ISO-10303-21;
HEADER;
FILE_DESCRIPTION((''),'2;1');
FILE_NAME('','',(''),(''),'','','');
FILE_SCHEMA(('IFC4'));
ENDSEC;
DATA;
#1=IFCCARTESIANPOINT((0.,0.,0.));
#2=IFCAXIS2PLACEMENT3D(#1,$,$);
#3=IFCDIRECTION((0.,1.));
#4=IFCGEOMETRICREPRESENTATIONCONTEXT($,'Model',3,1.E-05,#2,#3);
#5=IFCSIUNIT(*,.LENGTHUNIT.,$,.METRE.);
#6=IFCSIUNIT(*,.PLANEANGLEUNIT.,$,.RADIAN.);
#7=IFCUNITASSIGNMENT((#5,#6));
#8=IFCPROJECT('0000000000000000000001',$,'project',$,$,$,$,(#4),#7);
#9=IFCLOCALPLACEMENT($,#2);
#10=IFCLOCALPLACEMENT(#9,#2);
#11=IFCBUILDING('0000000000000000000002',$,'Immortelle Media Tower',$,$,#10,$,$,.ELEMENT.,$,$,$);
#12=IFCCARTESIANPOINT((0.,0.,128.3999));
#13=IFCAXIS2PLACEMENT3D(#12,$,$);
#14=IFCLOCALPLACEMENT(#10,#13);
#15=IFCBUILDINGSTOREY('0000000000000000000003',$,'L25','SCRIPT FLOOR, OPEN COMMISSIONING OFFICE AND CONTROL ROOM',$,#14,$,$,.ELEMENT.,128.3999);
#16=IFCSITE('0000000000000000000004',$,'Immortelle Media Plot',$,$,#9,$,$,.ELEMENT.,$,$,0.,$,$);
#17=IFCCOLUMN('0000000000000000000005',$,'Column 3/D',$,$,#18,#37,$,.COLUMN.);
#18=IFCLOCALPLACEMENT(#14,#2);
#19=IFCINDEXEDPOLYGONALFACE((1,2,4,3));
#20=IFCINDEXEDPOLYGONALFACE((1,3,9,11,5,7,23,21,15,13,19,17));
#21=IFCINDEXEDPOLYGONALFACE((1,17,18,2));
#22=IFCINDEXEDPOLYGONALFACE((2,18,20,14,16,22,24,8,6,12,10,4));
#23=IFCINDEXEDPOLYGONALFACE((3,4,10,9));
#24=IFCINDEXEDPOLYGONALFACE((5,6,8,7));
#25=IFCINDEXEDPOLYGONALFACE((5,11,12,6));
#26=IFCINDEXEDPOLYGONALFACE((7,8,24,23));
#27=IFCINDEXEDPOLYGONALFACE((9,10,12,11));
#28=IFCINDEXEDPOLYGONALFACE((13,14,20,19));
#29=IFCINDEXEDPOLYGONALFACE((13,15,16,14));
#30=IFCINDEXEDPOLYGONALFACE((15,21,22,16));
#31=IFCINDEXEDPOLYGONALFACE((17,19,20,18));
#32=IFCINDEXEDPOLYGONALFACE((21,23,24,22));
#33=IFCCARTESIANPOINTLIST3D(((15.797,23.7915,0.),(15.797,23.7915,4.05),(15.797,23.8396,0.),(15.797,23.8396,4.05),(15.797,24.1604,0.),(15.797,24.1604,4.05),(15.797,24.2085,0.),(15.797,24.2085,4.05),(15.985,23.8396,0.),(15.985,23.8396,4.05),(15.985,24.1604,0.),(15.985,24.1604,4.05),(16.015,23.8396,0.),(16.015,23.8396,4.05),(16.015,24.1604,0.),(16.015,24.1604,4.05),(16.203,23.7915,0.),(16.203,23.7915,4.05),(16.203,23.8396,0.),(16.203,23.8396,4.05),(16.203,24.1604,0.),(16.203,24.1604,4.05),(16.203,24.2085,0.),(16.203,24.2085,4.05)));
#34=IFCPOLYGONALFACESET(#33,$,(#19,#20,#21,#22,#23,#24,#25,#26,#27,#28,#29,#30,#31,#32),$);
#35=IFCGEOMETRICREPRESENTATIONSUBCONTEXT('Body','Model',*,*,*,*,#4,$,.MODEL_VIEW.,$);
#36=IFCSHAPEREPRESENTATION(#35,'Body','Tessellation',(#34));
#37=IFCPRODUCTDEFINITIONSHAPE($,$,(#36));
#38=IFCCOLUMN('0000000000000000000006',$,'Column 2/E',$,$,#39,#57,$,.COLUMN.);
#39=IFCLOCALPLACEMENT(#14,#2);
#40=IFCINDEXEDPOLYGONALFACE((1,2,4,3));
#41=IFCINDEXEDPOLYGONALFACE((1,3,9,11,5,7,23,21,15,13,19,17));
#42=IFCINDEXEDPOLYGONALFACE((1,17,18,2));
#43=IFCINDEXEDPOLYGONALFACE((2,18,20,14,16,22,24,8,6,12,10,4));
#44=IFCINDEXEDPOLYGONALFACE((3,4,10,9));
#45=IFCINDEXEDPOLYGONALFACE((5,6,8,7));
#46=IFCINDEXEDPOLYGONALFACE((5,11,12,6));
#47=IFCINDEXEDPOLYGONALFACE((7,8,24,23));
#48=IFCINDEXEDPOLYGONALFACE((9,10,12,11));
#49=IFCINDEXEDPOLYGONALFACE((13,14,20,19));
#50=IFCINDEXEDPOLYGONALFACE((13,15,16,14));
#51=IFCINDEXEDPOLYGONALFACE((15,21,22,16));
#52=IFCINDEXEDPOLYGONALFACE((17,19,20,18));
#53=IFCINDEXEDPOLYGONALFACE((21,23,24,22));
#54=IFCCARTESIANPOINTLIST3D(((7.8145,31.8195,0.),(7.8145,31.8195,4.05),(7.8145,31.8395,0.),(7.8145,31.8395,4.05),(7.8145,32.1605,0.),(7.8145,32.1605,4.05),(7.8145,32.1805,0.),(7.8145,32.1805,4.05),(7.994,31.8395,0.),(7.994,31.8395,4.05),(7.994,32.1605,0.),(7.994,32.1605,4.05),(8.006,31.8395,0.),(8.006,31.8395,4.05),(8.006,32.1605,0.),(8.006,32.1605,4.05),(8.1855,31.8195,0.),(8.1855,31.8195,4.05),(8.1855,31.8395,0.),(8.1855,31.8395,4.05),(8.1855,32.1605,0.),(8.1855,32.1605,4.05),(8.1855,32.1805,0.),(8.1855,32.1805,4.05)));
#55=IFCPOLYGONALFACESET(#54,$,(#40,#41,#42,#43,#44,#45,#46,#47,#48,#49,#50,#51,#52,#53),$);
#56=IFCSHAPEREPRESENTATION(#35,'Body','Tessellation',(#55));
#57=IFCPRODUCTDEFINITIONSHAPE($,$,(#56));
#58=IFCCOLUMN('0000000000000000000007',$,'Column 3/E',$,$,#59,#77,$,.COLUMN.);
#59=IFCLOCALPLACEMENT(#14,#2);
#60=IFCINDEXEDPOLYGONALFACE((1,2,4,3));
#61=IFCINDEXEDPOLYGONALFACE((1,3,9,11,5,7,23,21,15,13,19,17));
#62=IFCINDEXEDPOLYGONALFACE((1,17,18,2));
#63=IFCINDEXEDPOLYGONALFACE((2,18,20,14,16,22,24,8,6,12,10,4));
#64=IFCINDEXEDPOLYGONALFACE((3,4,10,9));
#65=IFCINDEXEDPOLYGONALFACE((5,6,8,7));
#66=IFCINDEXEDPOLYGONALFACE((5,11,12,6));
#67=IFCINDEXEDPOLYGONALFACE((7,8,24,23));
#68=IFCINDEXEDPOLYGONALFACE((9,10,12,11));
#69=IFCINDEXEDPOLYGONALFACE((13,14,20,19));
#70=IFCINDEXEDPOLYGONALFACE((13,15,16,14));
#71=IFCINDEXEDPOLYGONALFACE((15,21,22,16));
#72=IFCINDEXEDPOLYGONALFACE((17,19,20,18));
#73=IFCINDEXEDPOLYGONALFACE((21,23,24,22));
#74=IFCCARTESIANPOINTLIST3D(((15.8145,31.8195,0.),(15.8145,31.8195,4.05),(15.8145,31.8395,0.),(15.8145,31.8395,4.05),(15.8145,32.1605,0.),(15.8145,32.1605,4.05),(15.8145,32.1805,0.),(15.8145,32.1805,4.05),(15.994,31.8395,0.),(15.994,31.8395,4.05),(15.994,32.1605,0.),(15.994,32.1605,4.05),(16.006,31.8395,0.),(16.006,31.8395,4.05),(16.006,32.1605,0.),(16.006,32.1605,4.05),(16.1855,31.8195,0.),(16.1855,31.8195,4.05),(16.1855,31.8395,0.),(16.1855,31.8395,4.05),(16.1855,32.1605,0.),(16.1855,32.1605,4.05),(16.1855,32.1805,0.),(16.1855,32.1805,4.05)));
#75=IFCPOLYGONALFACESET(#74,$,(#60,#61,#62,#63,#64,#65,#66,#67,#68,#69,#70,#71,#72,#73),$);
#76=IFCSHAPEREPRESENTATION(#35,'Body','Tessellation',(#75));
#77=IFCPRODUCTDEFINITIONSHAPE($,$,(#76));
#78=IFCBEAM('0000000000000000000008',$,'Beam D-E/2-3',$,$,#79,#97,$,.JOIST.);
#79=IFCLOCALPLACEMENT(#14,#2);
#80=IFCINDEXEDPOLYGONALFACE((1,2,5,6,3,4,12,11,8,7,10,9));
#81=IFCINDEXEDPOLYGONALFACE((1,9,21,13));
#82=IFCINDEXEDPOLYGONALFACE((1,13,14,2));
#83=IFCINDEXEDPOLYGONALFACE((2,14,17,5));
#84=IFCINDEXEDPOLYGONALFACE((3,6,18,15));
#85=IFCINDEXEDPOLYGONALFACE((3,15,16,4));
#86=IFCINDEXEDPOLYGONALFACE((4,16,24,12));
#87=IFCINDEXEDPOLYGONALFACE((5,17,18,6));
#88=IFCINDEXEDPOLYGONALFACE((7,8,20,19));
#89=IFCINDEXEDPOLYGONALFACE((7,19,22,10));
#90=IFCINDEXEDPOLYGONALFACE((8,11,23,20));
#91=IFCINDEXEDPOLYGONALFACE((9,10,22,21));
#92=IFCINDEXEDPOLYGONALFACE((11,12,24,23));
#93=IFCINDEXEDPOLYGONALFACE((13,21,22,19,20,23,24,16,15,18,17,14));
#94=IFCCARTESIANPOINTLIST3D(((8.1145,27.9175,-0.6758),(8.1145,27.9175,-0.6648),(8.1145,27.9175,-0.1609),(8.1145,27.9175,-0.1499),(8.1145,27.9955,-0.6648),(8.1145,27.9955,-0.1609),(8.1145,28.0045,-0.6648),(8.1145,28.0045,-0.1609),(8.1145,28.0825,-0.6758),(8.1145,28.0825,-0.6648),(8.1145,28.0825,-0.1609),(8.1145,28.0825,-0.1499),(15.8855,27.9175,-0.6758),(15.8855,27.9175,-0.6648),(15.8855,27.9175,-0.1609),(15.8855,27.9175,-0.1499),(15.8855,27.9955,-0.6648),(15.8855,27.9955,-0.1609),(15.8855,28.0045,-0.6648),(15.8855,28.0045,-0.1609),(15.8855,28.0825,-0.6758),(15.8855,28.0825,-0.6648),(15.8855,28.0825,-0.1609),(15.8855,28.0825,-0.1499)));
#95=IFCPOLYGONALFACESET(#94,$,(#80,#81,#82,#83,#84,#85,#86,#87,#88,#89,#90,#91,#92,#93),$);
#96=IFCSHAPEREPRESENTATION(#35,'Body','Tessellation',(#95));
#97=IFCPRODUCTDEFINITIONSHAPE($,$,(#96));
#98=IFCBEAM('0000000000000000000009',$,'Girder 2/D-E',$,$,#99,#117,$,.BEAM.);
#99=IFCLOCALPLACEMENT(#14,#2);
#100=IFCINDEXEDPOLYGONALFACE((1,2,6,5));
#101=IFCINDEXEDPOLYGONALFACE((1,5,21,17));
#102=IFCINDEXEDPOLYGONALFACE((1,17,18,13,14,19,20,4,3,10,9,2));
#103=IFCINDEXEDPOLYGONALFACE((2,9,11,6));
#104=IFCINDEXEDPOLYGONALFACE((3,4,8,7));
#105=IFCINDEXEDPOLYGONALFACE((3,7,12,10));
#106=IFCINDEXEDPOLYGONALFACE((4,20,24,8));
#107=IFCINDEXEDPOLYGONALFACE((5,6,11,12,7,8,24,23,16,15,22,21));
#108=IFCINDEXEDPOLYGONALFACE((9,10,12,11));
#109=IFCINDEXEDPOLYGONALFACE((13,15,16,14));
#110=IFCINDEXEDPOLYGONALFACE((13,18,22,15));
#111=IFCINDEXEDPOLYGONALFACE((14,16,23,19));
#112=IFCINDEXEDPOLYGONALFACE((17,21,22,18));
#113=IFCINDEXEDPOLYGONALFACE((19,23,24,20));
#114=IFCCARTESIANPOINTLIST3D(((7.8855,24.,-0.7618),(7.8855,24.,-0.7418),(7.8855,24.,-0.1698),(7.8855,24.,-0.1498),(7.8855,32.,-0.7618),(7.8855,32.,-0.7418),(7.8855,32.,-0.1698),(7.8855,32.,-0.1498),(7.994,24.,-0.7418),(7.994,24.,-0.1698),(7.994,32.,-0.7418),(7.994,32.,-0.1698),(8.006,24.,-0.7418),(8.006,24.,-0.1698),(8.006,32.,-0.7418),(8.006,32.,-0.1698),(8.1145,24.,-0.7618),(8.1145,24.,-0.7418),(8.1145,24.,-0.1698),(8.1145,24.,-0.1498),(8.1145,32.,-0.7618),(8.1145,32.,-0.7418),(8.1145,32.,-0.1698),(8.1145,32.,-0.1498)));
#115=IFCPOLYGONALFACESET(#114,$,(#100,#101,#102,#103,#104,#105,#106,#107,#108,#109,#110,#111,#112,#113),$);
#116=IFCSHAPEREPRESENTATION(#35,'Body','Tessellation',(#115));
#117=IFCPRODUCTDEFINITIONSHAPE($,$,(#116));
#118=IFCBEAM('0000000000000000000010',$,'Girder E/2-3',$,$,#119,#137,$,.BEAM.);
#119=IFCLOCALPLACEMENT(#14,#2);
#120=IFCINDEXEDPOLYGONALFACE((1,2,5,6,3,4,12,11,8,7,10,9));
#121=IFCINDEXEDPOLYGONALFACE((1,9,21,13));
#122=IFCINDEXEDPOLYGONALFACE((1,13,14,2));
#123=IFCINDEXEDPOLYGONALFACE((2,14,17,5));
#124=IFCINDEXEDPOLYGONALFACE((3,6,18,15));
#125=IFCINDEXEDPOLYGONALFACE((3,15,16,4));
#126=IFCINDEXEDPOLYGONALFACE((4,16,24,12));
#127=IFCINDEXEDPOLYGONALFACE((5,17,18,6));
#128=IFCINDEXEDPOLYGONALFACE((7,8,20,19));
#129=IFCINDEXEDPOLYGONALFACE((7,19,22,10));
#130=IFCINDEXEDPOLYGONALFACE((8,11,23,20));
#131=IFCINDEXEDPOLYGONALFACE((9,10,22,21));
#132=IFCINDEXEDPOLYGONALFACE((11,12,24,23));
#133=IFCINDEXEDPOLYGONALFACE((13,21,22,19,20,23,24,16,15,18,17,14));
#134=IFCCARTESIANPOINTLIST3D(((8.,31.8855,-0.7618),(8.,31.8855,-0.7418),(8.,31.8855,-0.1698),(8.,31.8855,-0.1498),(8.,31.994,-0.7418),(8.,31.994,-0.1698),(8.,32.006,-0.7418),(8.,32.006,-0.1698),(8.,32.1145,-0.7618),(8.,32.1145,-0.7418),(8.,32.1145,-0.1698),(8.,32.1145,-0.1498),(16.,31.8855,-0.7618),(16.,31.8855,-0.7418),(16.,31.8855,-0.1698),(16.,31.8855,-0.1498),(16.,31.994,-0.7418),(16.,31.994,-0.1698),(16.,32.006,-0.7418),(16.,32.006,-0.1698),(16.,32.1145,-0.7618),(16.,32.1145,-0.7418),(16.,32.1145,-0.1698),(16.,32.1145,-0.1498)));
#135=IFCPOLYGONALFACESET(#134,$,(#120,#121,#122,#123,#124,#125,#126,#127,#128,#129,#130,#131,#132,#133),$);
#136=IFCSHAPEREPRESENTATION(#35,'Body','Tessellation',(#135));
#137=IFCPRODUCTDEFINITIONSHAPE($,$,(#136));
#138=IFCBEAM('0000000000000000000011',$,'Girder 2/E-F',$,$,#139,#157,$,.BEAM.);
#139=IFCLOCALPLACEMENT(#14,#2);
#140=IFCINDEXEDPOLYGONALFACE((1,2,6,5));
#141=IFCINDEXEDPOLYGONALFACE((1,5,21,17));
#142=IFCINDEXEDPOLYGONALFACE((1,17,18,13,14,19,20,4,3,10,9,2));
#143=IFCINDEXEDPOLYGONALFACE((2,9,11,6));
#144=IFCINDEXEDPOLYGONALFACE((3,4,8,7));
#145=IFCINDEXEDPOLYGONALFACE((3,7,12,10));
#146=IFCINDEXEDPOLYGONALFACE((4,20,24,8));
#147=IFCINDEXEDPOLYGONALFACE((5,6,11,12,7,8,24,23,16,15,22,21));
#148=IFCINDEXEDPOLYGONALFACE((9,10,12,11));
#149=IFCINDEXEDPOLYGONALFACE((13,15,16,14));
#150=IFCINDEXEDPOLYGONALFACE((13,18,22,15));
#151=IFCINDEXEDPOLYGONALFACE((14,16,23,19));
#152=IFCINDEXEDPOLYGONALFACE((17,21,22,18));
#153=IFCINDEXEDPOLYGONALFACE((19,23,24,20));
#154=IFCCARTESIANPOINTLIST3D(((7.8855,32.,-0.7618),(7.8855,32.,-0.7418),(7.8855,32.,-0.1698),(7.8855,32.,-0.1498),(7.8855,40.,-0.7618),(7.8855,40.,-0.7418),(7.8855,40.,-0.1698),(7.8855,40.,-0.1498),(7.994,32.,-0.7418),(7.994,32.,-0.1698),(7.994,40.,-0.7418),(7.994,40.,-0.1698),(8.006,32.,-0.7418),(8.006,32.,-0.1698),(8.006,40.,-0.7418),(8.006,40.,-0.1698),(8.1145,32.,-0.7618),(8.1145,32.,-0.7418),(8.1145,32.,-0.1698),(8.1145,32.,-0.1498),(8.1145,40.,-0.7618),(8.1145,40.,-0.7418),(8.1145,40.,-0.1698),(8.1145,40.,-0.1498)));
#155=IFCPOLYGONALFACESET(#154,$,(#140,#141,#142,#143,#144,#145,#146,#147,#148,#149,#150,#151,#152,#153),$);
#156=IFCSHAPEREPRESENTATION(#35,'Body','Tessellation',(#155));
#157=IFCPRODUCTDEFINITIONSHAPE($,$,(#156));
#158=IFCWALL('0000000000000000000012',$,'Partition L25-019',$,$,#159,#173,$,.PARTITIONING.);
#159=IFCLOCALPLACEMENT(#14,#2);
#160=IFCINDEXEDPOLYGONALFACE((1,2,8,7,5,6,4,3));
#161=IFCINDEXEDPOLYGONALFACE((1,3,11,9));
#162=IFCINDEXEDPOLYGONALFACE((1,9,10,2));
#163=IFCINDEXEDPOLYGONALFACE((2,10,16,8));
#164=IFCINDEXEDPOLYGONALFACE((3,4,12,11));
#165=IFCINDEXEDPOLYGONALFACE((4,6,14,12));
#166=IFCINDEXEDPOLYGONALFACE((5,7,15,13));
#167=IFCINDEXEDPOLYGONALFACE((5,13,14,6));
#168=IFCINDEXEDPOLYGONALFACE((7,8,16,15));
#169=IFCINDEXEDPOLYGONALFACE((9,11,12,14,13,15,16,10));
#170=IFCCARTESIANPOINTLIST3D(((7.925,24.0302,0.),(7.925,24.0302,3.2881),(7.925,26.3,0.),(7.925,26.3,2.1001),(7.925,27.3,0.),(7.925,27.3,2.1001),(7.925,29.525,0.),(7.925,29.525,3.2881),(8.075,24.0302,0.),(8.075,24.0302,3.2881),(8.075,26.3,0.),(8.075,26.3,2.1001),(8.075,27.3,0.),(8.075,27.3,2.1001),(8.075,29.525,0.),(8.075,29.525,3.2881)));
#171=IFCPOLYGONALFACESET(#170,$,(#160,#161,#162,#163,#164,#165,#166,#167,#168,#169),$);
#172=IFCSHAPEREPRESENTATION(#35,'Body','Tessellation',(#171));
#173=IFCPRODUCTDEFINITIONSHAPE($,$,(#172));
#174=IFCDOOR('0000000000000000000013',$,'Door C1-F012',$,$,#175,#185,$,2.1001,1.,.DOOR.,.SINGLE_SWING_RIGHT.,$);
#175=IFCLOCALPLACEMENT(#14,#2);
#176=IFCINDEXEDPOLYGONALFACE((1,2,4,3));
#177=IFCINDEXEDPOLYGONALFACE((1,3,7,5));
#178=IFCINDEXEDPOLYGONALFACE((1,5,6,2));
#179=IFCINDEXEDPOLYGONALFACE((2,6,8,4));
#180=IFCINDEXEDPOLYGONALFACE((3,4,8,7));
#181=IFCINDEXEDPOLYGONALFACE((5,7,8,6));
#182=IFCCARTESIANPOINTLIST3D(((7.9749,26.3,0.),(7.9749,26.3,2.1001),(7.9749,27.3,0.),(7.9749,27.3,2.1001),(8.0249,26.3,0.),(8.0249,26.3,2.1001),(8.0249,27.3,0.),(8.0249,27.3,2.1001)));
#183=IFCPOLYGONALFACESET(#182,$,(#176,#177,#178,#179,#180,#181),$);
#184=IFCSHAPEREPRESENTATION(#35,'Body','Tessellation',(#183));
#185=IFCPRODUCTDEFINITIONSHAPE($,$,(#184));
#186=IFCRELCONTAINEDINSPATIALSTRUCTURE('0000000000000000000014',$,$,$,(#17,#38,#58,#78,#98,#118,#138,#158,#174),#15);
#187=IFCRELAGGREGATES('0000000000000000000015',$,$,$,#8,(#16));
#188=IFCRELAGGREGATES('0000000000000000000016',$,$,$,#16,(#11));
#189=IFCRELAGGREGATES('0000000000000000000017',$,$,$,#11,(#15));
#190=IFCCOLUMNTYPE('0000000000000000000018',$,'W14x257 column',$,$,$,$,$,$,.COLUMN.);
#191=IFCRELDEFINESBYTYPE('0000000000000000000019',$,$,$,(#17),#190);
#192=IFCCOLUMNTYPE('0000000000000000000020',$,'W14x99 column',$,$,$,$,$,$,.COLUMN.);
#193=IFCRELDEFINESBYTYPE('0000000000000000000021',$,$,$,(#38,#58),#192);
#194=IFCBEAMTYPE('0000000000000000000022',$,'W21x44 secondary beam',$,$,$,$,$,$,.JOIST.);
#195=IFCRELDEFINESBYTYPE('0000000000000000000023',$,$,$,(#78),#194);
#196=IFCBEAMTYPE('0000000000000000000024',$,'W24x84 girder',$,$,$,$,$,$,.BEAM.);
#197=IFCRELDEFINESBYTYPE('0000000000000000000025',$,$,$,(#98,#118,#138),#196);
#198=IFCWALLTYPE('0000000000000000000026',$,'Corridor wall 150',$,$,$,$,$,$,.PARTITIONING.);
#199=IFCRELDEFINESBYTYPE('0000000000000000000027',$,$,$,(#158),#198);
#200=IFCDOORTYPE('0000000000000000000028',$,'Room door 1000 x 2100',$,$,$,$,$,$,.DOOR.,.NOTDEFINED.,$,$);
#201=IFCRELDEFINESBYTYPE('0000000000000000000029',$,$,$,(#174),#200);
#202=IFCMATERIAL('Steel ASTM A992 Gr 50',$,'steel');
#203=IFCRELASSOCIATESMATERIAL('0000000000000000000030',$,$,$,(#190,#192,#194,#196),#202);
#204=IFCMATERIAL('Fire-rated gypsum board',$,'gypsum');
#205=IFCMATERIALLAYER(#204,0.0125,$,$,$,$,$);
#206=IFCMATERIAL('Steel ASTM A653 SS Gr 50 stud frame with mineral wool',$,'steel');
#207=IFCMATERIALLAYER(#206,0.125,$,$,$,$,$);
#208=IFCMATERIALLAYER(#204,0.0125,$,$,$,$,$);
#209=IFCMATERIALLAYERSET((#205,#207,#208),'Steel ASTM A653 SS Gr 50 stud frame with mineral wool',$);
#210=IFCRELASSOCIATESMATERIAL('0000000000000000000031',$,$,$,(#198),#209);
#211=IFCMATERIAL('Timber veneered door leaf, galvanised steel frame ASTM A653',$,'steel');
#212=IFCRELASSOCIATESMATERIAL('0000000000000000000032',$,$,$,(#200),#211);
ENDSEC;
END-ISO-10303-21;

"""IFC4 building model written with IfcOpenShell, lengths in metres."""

from ifc_helpers import new_model, si_unit, direction, frame, frame_2d, origin, origin_2d, place, context, subcontext, project, spatial, rectangle, i_section, extrude, material, layer, layer_set, material_profile, profile_set, type_object, element, fill, save


model = new_model("IFC4")

# Units and contexts
model_context = context("Model", 3, precision=1e-05, world=origin(), true_north=direction((0.0, 1.0)))
body_context = subcontext(model_context, "Body", "Model", "MODEL_VIEW")
ifc_project = project(units=[si_unit("LENGTHUNIT", "METRE"), si_unit("PLANEANGLEUNIT", "RADIAN")], contexts=[model_context])

# Site, building, storey
site_placement = place(None, origin())
site = spatial("IfcSite", under=ifc_project, at=site_placement, Name="Immortelle Media Plot", CompositionType="ELEMENT", RefElevation=0.0)
building_placement = place(site_placement, origin())
building = spatial("IfcBuilding", under=site, at=building_placement, Name="Immortelle Media Tower", CompositionType="ELEMENT")
storey_placement = place(building_placement, frame((0.0, 0.0, 128.3999)))
storey = spatial("IfcBuildingStorey", under=building, at=storey_placement, Name="L25", Description="SCRIPT FLOOR, OPEN COMMISSIONING OFFICE AND CONTROL ROOM", CompositionType="ELEMENT", Elevation=128.3999)

# Columns
ifc_material_1 = material(Name="Steel ASTM A992 Gr 50", Category="steel")
ifc_material_profile_1 = material_profile(ifc_material_1, i_section(OverallWidth=0.406, OverallDepth=0.417, WebThickness=0.03, FlangeThickness=0.0481, at=origin_2d()), Name="W14x257")
ifc_profile_set_1 = profile_set([ifc_material_profile_1], Name="Steel ASTM A992 Gr 50")
column_type_1 = type_object("IfcColumnType", Name="W14x257 column", PredefinedType="COLUMN", material=ifc_profile_set_1)
column_placement = place(storey_placement, frame((16.0, 24.0, 0.0), z_axis=(0.0, 0.0, 1.0), x_axis=(1.0, 0.0, 0.0)))
element("IfcColumn", 1, at=column_placement, inside=storey, type_object=column_type_1, Name="Column 3/D", PredefinedType="COLUMN", context=body_context, shape_type="SweptSolid", body=[
    extrude(i_section(OverallWidth=0.406, OverallDepth=0.417, WebThickness=0.03, FlangeThickness=0.0481, at=origin_2d()), origin(), (0.0, 0.0, 1.0), 4.05),
])
ifc_material_profile_2 = material_profile(ifc_material_1, i_section(OverallWidth=0.3711, OverallDepth=0.3611, WebThickness=0.012, FlangeThickness=0.02, at=origin_2d()), Name="W14x99")
ifc_profile_set_2 = profile_set([ifc_material_profile_2], Name="Steel ASTM A992 Gr 50")
column_type_2 = type_object("IfcColumnType", Name="W14x99 column", PredefinedType="COLUMN", material=ifc_profile_set_2)
for number, where, z_axis, x_axis, name in (
    (2, (8.0, 32.0, 0.0), (0.0, 0.0, 1.0), (1.0, 0.0, 0.0), "Column 2/E"),
    (3, (16.0, 32.0, 0.0), (0.0, 0.0, 1.0), (1.0, 0.0, 0.0), "Column 3/E"),
):
    element("IfcColumn", number, at=place(storey_placement, frame(where, z_axis=z_axis, x_axis=x_axis)), inside=storey, type_object=column_type_2, Name=name, PredefinedType="COLUMN", context=body_context, shape_type="SweptSolid", body=[
        extrude(i_section(OverallWidth=0.3711, OverallDepth=0.3611, WebThickness=0.012, FlangeThickness=0.02, at=origin_2d()), origin(), (0.0, 0.0, 1.0), 4.05),
    ])

# Beams
ifc_material_profile_3 = material_profile(ifc_material_1, i_section(OverallWidth=0.165, OverallDepth=0.5259, WebThickness=0.009, FlangeThickness=0.011, at=origin_2d()), Name="W21x44")
ifc_profile_set_3 = profile_set([ifc_material_profile_3], Name="Steel ASTM A992 Gr 50")
beam_type_1 = type_object("IfcBeamType", Name="W21x44 secondary beam", PredefinedType="JOIST", material=ifc_profile_set_3)
beam_placement = place(storey_placement, frame((8.1145, 28.0, -0.4128), z_axis=(1.0, 0.0, 0.0), x_axis=(0.0, 1.0, 0.0)))
element("IfcBeam", 4, at=beam_placement, inside=storey, type_object=beam_type_1, Name="Beam D-E/2-3", PredefinedType="JOIST", context=body_context, shape_type="SweptSolid", body=[
    extrude(i_section(OverallWidth=0.165, OverallDepth=0.5259, WebThickness=0.009, FlangeThickness=0.011, at=origin_2d()), origin(), (0.0, 0.0, 1.0), 7.771),
])
ifc_material_profile_4 = material_profile(ifc_material_1, i_section(OverallWidth=0.229, OverallDepth=0.6121, WebThickness=0.012, FlangeThickness=0.02, at=origin_2d()), Name="W24x84")
ifc_profile_set_4 = profile_set([ifc_material_profile_4], Name="Steel ASTM A992 Gr 50")
beam_type_2 = type_object("IfcBeamType", Name="W24x84 girder", PredefinedType="BEAM", material=ifc_profile_set_4)
for number, where, z_axis, x_axis, name in (
    (5, (8.0, 24.0, -0.4558), (0.0, 1.0, 0.0), (-1.0, 0.0, 0.0), "Girder 2/D-E"),
    (6, (8.0, 32.0, -0.4558), (1.0, 0.0, 0.0), (0.0, 1.0, 0.0), "Girder E/2-3"),
    (7, (8.0, 32.0, -0.4558), (0.0, 1.0, 0.0), (-1.0, 0.0, 0.0), "Girder 2/E-F"),
):
    element("IfcBeam", number, at=place(storey_placement, frame(where, z_axis=z_axis, x_axis=x_axis)), inside=storey, type_object=beam_type_2, Name=name, PredefinedType="BEAM", context=body_context, shape_type="SweptSolid", body=[
        extrude(i_section(OverallWidth=0.229, OverallDepth=0.6121, WebThickness=0.012, FlangeThickness=0.02, at=origin_2d()), origin(), (0.0, 0.0, 1.0), 8.0),
    ])

# Wall, opening, door
ifc_material_2 = material(Name="Fire-rated gypsum board", Category="gypsum")
ifc_layer_1 = layer(ifc_material_2, 0.0125)
ifc_material_3 = material(Name="Steel ASTM A653 SS Gr 50 stud frame with mineral wool", Category="steel")
ifc_layer_2 = layer(ifc_material_3, 0.125)
ifc_layer_3 = layer(ifc_material_2, 0.0125)
ifc_layer_set_1 = layer_set([ifc_layer_1, ifc_layer_2, ifc_layer_3], Name="Steel ASTM A653 SS Gr 50 stud frame with mineral wool")
wall_type_1 = type_object("IfcWallType", Name="Corridor wall 150", PredefinedType="PARTITIONING", material=ifc_layer_set_1)
wall_1_placement = place(storey_placement, frame((8.0, 24.03, 0.0), z_axis=(0.0, 0.0, 1.0), x_axis=(0.0, 1.0, 0.0)))
wall_1 = element("IfcWall", 8, at=wall_1_placement, inside=storey, type_object=wall_type_1, Name="Partition L25-019", PredefinedType="PARTITIONING", context=body_context, shape_type="SweptSolid", body=[
    extrude(rectangle(XDim=5.4949, YDim=0.1499, at=frame_2d((2.7476, 0.0))), origin(), (0.0, 0.0, 1.0), 3.2881),
])
opening_1_placement = place(wall_1_placement, frame((3.27, 0.0, 0.0), z_axis=(0.0, 0.0, 1.0), x_axis=(-1.0, 0.0, 0.0)))
opening_1 = element("IfcOpeningElement", 9, at=opening_1_placement, cuts=wall_1, PredefinedType="OPENING", context=body_context, shape_type="SweptSolid", body=[
    extrude(rectangle(XDim=1.0, YDim=2.1001, at=frame_2d((0.5, 1.05))), frame((0.0, 0.085, 0.0), z_axis=(0.0, -1.0, 0.0), x_axis=(1.0, 0.0, 0.0)), (0.0, 0.0, 1.0), 0.1699),
])
ifc_material_4 = material(Name="Timber veneered door leaf, galvanised steel frame ASTM A653", Category="steel")
door_type = type_object("IfcDoorType", Name="Room door 1000 x 2100", OperationType="NOTDEFINED", PredefinedType="DOOR", material=ifc_material_4)
door_1_placement = place(opening_1_placement, origin())
door_1 = element("IfcDoor", 10, at=door_1_placement, inside=storey, type_object=door_type, Name="Door C1-F012", OperationType="SINGLE_SWING_RIGHT", OverallHeight=2.1001, OverallWidth=1.0, PredefinedType="DOOR", context=body_context, shape_type="SweptSolid", body=[
    extrude(rectangle(XDim=1.0, YDim=2.1001, at=frame_2d((0.5, 1.05))), frame((0.0, 0.0249, 0.0), z_axis=(0.0, -1.0, 0.0), x_axis=(1.0, 0.0, 0.0)), (0.0, 0.0, 1.0), 0.05),
])
fill(opening_1, door_1)

save(model, "model.ifc")
